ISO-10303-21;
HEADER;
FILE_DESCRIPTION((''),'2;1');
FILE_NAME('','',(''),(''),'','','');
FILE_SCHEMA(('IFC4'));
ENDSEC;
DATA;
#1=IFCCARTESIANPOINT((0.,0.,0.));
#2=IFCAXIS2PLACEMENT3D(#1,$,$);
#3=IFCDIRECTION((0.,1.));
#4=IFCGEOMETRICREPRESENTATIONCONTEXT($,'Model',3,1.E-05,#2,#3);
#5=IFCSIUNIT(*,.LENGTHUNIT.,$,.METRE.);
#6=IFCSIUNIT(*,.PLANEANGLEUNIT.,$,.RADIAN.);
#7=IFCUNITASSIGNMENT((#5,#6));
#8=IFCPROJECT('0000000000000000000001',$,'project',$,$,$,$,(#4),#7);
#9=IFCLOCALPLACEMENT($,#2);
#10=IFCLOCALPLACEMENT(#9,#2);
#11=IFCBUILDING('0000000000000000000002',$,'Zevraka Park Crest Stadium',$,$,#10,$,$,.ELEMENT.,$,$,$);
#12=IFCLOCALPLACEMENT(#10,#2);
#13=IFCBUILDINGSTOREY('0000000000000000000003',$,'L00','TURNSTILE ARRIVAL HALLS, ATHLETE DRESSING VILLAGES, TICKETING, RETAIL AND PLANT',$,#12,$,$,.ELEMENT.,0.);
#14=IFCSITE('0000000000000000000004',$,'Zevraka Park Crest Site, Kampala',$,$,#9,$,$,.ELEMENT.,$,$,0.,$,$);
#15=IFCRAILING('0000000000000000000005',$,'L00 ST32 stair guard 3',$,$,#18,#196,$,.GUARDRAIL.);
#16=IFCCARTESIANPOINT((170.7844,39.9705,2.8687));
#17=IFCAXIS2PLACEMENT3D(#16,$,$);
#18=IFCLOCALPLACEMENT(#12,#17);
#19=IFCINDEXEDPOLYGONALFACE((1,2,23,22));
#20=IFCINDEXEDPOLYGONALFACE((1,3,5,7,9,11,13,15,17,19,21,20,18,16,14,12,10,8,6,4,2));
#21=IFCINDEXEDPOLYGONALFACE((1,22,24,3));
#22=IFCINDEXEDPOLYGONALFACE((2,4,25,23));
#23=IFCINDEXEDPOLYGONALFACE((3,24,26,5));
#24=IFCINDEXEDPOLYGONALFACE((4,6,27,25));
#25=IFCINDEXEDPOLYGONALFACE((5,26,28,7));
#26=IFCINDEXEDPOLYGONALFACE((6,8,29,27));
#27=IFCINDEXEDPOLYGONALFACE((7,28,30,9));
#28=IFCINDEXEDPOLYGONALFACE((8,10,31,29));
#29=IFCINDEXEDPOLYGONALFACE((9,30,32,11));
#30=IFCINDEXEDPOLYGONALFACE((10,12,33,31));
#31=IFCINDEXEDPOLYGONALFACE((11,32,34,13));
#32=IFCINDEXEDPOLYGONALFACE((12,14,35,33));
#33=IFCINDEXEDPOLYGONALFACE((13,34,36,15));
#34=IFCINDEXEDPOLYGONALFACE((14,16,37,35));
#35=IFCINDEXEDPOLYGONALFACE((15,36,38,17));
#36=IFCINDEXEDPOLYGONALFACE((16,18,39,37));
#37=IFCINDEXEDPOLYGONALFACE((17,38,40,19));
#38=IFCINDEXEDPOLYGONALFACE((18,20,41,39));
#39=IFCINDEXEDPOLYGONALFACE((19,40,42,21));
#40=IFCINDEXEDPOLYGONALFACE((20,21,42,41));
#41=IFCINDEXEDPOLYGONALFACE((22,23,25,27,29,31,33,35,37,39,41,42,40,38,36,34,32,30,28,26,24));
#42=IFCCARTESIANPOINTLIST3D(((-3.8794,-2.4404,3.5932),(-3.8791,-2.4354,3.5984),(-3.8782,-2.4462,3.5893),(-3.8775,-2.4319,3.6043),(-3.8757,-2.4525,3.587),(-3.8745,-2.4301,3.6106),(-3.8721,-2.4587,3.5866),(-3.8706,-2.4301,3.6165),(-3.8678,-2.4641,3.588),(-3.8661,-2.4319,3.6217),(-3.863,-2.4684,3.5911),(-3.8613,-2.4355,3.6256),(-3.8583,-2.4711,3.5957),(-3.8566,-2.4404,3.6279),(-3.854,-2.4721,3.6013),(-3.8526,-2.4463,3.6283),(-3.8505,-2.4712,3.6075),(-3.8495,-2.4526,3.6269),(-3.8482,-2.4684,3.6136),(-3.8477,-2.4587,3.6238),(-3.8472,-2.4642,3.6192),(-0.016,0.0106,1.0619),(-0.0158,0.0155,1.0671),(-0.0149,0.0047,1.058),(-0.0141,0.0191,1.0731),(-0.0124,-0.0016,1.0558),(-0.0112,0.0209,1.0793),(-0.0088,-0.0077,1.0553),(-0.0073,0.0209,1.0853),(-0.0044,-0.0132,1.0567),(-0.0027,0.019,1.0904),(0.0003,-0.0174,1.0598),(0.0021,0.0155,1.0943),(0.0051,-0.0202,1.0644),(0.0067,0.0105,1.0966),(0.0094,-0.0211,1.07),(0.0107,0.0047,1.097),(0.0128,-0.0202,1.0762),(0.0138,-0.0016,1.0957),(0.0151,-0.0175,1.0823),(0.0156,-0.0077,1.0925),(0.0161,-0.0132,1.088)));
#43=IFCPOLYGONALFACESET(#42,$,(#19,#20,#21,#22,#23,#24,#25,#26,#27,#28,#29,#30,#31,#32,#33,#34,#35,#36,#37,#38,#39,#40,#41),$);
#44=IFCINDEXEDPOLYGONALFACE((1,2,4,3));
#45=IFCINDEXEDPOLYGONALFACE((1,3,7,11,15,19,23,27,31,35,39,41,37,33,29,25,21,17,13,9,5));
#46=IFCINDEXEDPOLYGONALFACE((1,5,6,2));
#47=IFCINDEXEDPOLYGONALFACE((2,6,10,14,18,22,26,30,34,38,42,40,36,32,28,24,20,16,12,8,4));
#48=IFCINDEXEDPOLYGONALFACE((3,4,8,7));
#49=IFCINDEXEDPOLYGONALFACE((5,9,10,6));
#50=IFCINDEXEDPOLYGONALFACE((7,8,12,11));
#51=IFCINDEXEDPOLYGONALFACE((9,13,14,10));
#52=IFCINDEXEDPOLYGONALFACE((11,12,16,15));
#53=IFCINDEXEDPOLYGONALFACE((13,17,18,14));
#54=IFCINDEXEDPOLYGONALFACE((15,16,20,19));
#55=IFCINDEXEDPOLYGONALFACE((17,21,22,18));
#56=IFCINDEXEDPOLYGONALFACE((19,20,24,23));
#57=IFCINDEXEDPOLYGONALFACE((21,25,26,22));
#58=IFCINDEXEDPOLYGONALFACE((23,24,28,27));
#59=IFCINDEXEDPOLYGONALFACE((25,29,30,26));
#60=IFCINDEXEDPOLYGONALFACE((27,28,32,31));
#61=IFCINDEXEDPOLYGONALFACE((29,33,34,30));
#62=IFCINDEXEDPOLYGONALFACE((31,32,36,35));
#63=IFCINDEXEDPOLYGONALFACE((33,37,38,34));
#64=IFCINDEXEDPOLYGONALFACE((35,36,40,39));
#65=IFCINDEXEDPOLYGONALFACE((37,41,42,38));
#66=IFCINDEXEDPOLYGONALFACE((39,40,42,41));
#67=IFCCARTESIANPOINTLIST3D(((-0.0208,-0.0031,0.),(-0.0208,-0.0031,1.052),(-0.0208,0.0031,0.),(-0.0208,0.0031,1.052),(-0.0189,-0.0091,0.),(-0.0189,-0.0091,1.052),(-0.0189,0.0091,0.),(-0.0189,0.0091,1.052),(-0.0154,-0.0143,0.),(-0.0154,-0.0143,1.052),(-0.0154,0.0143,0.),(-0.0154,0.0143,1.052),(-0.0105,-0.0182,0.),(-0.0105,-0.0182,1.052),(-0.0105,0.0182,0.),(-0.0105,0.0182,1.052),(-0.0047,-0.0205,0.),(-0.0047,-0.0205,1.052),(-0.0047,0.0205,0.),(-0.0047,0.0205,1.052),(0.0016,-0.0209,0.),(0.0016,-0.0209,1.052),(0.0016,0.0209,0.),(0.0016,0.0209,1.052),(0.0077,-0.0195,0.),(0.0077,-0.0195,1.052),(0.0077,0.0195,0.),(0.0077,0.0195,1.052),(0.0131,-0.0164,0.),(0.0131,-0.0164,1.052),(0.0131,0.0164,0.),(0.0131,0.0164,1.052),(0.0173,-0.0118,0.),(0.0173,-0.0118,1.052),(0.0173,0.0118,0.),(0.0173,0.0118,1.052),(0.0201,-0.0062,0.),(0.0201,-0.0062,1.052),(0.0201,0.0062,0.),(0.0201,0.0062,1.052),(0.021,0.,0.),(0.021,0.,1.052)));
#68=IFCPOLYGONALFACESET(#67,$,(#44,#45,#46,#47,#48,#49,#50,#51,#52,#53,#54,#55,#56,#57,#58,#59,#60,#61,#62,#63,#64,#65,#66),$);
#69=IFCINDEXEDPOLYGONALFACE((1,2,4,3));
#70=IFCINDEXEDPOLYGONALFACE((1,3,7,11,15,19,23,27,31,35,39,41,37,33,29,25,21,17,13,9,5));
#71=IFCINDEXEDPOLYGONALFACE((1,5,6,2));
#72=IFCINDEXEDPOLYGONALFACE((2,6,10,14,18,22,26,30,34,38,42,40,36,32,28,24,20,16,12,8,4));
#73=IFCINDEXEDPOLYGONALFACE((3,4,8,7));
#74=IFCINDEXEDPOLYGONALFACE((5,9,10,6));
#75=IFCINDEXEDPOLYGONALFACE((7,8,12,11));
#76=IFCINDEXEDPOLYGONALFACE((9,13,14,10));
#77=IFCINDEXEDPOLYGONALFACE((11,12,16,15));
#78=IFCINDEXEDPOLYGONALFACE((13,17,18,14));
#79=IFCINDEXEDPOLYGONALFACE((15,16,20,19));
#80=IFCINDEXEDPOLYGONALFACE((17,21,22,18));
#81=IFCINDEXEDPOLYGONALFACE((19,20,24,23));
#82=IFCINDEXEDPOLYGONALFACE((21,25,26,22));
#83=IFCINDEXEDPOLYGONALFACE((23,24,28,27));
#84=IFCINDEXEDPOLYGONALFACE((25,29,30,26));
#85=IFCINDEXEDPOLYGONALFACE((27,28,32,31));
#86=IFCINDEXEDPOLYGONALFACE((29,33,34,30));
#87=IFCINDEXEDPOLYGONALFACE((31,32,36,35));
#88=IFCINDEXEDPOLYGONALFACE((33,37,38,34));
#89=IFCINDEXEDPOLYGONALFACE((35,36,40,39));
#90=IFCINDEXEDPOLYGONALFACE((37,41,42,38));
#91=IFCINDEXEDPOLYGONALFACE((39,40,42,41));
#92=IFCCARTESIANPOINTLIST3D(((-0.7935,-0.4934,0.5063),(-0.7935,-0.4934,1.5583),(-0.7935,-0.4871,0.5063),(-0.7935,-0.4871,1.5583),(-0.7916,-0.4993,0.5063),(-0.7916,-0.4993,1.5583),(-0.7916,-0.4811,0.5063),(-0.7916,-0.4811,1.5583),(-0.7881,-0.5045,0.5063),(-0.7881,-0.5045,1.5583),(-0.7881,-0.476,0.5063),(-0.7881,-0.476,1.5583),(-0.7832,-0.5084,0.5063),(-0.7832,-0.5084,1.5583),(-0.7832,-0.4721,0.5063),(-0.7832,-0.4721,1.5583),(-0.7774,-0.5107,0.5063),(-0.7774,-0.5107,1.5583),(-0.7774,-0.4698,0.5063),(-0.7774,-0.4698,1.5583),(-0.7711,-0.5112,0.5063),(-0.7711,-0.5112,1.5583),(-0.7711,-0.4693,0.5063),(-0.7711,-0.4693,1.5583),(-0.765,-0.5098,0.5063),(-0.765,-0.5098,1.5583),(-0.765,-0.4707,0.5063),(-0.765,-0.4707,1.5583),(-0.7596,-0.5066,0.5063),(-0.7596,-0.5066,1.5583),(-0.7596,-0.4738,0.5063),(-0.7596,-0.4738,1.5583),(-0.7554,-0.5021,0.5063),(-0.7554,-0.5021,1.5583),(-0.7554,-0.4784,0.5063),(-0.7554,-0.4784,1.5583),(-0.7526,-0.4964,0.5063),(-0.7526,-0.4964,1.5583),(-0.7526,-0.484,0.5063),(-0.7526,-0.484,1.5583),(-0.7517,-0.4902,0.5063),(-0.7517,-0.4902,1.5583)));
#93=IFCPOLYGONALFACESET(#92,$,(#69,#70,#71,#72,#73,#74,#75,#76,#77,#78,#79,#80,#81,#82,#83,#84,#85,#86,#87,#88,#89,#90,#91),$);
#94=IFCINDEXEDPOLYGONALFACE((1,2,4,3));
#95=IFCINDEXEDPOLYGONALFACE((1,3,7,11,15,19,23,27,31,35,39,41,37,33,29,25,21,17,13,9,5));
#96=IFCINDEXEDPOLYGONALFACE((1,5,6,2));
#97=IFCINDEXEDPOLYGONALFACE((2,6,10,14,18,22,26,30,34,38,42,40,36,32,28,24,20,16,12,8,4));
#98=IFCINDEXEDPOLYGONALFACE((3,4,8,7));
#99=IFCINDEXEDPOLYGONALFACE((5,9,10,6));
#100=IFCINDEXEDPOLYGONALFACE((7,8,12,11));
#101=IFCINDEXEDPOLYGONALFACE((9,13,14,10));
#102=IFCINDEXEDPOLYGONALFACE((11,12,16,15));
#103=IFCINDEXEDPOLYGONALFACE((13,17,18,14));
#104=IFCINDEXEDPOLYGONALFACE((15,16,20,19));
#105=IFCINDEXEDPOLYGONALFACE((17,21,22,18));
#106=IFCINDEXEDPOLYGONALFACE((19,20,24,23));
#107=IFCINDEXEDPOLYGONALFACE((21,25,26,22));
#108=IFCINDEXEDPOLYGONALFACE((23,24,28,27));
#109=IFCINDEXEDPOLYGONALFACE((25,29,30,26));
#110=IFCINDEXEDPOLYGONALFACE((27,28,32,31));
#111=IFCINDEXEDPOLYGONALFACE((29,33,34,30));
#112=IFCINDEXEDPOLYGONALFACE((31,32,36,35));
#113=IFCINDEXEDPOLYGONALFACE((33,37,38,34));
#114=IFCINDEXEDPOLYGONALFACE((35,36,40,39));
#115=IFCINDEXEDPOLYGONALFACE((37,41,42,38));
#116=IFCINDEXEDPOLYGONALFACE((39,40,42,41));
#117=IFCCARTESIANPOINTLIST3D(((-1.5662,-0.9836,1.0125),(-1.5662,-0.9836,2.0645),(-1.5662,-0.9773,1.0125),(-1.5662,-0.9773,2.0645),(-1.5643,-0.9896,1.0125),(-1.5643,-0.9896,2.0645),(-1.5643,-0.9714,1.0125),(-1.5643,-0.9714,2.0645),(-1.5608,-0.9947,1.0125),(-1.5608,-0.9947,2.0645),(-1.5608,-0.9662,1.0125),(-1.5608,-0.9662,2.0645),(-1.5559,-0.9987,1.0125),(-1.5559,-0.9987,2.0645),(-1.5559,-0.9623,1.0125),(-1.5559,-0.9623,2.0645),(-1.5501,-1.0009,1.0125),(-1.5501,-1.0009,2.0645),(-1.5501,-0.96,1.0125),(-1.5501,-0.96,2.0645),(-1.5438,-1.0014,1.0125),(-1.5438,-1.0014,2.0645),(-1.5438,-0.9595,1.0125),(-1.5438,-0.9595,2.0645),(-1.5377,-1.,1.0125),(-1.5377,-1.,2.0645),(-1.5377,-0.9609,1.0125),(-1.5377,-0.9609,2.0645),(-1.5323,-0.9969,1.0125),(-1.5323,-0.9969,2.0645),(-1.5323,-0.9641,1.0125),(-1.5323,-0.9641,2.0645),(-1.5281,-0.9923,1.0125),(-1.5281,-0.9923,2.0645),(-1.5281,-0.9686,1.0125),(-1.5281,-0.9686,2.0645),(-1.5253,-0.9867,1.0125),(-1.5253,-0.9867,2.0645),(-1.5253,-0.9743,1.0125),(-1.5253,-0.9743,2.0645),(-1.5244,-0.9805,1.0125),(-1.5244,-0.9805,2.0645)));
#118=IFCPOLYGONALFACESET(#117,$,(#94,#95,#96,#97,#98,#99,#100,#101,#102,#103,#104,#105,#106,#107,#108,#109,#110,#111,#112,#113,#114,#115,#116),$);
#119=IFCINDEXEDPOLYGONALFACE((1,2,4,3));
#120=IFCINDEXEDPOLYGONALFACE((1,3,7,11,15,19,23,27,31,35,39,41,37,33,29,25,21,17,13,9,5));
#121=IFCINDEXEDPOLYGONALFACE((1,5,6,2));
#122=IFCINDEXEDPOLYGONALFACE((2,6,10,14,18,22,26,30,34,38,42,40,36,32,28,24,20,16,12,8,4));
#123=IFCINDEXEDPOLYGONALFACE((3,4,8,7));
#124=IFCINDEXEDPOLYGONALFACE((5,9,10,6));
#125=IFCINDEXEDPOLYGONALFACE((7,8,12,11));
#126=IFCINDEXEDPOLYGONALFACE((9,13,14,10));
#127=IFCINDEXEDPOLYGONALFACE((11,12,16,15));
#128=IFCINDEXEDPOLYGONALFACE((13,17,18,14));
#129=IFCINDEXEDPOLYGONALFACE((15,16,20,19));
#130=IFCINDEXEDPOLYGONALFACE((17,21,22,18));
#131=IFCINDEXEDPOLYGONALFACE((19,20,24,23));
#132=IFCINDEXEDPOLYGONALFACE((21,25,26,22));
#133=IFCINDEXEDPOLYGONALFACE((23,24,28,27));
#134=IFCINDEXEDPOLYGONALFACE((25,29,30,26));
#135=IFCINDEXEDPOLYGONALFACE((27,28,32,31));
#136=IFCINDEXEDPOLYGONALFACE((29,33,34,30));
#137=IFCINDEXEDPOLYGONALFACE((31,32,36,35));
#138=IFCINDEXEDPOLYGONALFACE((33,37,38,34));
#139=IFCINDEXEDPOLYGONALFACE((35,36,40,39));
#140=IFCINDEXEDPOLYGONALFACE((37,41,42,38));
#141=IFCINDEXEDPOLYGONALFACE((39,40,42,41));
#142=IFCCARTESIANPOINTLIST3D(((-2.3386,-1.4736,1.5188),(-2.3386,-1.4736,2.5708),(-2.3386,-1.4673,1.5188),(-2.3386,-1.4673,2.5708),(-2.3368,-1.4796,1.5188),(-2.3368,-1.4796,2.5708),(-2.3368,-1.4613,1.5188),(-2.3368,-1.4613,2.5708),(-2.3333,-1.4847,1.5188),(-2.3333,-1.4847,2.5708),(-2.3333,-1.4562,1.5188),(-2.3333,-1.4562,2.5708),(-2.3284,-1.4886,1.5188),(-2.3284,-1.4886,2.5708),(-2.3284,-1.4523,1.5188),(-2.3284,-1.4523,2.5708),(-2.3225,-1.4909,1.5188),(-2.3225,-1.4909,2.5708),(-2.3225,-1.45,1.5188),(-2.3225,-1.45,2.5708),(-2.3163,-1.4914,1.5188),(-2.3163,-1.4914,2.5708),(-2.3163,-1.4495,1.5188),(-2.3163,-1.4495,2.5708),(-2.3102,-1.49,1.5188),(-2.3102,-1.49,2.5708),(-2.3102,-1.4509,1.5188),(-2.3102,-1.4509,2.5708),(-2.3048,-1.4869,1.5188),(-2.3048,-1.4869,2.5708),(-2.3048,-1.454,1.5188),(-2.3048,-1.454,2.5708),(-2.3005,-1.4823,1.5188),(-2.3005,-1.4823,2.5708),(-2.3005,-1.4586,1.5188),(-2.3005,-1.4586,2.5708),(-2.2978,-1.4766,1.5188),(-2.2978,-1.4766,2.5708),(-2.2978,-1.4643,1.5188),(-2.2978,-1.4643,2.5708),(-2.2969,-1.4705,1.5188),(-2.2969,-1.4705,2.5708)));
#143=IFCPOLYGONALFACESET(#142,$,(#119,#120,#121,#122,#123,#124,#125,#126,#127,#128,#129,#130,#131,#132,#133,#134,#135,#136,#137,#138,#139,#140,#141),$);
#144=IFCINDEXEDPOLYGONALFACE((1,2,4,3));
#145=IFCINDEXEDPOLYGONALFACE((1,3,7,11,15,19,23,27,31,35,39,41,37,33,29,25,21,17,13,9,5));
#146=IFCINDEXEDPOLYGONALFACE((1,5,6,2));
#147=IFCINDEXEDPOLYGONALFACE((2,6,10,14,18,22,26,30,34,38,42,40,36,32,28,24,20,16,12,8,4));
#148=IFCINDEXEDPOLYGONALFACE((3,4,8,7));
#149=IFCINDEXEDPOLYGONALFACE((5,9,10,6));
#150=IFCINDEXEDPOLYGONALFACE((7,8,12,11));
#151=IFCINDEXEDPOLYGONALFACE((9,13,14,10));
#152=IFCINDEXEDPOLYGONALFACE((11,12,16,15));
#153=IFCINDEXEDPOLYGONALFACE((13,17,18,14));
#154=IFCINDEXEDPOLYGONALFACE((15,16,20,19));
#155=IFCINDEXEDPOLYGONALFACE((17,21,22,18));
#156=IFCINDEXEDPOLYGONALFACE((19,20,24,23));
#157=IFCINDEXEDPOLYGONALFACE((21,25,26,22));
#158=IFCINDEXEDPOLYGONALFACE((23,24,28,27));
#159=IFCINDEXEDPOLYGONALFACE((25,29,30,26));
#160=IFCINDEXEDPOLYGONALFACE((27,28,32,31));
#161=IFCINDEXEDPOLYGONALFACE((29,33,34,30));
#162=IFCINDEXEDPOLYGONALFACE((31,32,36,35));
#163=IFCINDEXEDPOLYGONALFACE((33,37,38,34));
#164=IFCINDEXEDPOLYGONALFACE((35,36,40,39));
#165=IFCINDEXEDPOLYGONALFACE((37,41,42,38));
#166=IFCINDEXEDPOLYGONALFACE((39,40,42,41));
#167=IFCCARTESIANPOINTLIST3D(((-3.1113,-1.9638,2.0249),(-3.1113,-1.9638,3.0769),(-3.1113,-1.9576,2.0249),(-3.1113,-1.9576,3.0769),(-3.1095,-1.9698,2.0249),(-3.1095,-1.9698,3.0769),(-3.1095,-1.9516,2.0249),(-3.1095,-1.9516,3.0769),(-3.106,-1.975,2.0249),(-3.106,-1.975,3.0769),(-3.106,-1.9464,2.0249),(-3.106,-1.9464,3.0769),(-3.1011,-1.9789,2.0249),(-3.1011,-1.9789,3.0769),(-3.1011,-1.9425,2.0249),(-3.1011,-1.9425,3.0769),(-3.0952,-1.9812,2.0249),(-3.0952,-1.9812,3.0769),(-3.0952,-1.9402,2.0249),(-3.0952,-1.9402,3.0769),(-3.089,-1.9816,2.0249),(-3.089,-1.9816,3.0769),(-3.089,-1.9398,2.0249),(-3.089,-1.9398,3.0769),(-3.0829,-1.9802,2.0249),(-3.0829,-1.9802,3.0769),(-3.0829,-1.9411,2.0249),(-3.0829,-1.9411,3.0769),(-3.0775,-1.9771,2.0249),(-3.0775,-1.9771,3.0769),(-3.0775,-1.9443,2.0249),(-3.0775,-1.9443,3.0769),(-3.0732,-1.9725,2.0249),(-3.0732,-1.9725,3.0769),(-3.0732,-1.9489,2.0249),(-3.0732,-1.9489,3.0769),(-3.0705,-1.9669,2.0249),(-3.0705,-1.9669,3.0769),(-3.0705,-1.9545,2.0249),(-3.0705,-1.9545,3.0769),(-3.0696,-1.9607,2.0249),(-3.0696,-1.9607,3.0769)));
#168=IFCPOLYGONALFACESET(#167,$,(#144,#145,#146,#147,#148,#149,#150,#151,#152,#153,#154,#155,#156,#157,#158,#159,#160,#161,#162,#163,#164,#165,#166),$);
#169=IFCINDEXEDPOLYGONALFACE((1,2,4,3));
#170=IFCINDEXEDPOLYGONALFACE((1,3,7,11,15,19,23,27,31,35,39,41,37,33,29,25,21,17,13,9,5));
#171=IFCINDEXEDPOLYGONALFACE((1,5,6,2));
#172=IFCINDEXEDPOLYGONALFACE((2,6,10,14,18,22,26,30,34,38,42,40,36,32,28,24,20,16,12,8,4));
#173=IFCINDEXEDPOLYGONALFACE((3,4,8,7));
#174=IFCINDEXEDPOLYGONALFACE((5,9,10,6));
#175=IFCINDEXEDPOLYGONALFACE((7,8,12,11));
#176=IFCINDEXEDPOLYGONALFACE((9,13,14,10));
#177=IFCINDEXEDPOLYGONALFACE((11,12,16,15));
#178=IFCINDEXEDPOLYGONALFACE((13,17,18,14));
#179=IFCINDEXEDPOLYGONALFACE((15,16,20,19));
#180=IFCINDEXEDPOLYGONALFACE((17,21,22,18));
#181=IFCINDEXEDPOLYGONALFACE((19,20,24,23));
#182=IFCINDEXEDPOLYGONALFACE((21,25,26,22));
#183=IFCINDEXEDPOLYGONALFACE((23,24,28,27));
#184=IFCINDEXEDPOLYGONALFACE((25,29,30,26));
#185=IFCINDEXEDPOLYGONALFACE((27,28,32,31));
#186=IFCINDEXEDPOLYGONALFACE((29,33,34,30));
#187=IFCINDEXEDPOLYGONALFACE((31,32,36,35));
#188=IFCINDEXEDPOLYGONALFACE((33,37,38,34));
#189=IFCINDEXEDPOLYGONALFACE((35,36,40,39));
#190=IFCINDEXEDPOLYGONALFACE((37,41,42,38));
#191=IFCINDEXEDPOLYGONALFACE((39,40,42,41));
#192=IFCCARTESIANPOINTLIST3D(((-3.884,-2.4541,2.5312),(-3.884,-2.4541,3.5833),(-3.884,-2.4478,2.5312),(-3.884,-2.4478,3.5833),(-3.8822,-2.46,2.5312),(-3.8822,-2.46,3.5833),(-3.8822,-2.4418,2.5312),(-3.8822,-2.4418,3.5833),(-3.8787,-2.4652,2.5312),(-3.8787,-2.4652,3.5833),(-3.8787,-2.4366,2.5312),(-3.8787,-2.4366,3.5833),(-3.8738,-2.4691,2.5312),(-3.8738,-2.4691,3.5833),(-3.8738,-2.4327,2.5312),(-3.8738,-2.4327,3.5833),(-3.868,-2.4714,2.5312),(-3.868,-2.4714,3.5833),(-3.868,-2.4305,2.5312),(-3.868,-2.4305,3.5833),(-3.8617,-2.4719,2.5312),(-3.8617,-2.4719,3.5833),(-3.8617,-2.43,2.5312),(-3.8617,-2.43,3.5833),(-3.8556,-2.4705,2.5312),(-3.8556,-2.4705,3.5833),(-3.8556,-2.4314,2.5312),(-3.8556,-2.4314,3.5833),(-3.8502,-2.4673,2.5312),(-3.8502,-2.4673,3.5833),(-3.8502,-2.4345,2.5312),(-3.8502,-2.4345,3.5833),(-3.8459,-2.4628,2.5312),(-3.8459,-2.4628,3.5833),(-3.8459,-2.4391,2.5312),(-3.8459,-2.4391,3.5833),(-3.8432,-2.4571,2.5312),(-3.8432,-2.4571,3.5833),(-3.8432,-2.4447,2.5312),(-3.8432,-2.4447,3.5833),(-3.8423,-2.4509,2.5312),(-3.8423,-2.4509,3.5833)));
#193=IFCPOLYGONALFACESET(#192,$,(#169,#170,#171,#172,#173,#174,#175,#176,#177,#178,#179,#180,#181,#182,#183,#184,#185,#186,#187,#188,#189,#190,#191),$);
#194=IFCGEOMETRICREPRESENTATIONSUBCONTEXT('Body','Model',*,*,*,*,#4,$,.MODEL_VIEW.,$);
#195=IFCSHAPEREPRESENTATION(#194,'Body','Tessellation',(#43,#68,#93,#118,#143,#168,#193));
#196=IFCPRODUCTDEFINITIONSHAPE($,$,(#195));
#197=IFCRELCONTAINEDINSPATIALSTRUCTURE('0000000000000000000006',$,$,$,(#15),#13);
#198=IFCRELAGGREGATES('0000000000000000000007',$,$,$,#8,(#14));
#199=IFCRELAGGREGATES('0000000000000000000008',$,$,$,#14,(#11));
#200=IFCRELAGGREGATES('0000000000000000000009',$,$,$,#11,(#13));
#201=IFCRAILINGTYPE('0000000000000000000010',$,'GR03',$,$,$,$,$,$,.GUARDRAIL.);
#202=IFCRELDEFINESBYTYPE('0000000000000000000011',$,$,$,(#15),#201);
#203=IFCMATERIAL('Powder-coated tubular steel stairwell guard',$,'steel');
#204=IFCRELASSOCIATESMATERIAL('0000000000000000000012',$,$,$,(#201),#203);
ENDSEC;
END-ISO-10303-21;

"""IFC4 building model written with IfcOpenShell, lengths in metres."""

from ifc_helpers import new_model, si_unit, direction, frame, origin, origin_2d, place, context, subcontext, project, spatial, circle, extrude, material, type_object, element, save


model = new_model("IFC4")

# Units and contexts
model_context = context("Model", 3, precision=1e-05, world=origin(), true_north=direction((0.0, 1.0)))
body_context = subcontext(model_context, "Body", "Model", "MODEL_VIEW")
ifc_project = project(units=[si_unit("LENGTHUNIT", "METRE"), si_unit("PLANEANGLEUNIT", "RADIAN")], contexts=[model_context])

# Site, building, storey
site_placement = place(None, origin())
site = spatial("IfcSite", under=ifc_project, at=site_placement, Name="Zevraka Park Crest Site, Kampala", CompositionType="ELEMENT", RefElevation=0.0)
building_placement = place(site_placement, origin())
building = spatial("IfcBuilding", under=site, at=building_placement, Name="Zevraka Park Crest Stadium", CompositionType="ELEMENT")
storey_placement = place(building_placement, origin())
storey = spatial("IfcBuildingStorey", under=building, at=storey_placement, Name="L00", Description="TURNSTILE ARRIVAL HALLS, ATHLETE DRESSING VILLAGES, TICKETING, RETAIL AND PLANT", CompositionType="ELEMENT", Elevation=0.0)

# Railing
ifc_material_1 = material(Name="Powder-coated tubular steel stairwell guard", Category="steel")
railing_type_1 = type_object("IfcRailingType", Name="GR03", PredefinedType="GUARDRAIL", material=ifc_material_1)
railing_1_placement = place(storey_placement, frame((170.7844, 39.9705, 2.8687)))
element("IfcRailing", 1, at=railing_1_placement, inside=storey, type_object=railing_type_1, Name="L00 ST32 stair guard 3", PredefinedType="GUARDRAIL", context=body_context, shape_type="SweptSolid", body=[
    extrude(circle(Radius=0.0239, at=origin_2d()), frame((0.0, 0.0, 1.0762), z_axis=(-0.738862, -0.468746, 0.484108), x_axis=(0.535704, -0.844406, 0.0)), (0.0, 0.0, 1.0), 5.2288),
    extrude(circle(Radius=0.021, at=origin_2d()), origin(), (0.0, 0.0, 1.0), 1.052),
    extrude(circle(Radius=0.021, at=origin_2d()), frame((-0.7727, -0.4902, 0.5063)), (0.0, 0.0, 1.0), 1.052),
    extrude(circle(Radius=0.021, at=origin_2d()), frame((-1.5454, -0.9805, 1.0125)), (0.0, 0.0, 1.0), 1.052),
    extrude(circle(Radius=0.021, at=origin_2d()), frame((-2.3179, -1.4705, 1.5188)), (0.0, 0.0, 1.0), 1.052),
    extrude(circle(Radius=0.021, at=origin_2d()), frame((-3.0906, -1.9607, 2.0249)), (0.0, 0.0, 1.0), 1.052),
    extrude(circle(Radius=0.021, at=origin_2d()), frame((-3.8633, -2.4509, 2.5312)), (0.0, 0.0, 1.0), 1.052),
])

save(model, "model.ifc")
